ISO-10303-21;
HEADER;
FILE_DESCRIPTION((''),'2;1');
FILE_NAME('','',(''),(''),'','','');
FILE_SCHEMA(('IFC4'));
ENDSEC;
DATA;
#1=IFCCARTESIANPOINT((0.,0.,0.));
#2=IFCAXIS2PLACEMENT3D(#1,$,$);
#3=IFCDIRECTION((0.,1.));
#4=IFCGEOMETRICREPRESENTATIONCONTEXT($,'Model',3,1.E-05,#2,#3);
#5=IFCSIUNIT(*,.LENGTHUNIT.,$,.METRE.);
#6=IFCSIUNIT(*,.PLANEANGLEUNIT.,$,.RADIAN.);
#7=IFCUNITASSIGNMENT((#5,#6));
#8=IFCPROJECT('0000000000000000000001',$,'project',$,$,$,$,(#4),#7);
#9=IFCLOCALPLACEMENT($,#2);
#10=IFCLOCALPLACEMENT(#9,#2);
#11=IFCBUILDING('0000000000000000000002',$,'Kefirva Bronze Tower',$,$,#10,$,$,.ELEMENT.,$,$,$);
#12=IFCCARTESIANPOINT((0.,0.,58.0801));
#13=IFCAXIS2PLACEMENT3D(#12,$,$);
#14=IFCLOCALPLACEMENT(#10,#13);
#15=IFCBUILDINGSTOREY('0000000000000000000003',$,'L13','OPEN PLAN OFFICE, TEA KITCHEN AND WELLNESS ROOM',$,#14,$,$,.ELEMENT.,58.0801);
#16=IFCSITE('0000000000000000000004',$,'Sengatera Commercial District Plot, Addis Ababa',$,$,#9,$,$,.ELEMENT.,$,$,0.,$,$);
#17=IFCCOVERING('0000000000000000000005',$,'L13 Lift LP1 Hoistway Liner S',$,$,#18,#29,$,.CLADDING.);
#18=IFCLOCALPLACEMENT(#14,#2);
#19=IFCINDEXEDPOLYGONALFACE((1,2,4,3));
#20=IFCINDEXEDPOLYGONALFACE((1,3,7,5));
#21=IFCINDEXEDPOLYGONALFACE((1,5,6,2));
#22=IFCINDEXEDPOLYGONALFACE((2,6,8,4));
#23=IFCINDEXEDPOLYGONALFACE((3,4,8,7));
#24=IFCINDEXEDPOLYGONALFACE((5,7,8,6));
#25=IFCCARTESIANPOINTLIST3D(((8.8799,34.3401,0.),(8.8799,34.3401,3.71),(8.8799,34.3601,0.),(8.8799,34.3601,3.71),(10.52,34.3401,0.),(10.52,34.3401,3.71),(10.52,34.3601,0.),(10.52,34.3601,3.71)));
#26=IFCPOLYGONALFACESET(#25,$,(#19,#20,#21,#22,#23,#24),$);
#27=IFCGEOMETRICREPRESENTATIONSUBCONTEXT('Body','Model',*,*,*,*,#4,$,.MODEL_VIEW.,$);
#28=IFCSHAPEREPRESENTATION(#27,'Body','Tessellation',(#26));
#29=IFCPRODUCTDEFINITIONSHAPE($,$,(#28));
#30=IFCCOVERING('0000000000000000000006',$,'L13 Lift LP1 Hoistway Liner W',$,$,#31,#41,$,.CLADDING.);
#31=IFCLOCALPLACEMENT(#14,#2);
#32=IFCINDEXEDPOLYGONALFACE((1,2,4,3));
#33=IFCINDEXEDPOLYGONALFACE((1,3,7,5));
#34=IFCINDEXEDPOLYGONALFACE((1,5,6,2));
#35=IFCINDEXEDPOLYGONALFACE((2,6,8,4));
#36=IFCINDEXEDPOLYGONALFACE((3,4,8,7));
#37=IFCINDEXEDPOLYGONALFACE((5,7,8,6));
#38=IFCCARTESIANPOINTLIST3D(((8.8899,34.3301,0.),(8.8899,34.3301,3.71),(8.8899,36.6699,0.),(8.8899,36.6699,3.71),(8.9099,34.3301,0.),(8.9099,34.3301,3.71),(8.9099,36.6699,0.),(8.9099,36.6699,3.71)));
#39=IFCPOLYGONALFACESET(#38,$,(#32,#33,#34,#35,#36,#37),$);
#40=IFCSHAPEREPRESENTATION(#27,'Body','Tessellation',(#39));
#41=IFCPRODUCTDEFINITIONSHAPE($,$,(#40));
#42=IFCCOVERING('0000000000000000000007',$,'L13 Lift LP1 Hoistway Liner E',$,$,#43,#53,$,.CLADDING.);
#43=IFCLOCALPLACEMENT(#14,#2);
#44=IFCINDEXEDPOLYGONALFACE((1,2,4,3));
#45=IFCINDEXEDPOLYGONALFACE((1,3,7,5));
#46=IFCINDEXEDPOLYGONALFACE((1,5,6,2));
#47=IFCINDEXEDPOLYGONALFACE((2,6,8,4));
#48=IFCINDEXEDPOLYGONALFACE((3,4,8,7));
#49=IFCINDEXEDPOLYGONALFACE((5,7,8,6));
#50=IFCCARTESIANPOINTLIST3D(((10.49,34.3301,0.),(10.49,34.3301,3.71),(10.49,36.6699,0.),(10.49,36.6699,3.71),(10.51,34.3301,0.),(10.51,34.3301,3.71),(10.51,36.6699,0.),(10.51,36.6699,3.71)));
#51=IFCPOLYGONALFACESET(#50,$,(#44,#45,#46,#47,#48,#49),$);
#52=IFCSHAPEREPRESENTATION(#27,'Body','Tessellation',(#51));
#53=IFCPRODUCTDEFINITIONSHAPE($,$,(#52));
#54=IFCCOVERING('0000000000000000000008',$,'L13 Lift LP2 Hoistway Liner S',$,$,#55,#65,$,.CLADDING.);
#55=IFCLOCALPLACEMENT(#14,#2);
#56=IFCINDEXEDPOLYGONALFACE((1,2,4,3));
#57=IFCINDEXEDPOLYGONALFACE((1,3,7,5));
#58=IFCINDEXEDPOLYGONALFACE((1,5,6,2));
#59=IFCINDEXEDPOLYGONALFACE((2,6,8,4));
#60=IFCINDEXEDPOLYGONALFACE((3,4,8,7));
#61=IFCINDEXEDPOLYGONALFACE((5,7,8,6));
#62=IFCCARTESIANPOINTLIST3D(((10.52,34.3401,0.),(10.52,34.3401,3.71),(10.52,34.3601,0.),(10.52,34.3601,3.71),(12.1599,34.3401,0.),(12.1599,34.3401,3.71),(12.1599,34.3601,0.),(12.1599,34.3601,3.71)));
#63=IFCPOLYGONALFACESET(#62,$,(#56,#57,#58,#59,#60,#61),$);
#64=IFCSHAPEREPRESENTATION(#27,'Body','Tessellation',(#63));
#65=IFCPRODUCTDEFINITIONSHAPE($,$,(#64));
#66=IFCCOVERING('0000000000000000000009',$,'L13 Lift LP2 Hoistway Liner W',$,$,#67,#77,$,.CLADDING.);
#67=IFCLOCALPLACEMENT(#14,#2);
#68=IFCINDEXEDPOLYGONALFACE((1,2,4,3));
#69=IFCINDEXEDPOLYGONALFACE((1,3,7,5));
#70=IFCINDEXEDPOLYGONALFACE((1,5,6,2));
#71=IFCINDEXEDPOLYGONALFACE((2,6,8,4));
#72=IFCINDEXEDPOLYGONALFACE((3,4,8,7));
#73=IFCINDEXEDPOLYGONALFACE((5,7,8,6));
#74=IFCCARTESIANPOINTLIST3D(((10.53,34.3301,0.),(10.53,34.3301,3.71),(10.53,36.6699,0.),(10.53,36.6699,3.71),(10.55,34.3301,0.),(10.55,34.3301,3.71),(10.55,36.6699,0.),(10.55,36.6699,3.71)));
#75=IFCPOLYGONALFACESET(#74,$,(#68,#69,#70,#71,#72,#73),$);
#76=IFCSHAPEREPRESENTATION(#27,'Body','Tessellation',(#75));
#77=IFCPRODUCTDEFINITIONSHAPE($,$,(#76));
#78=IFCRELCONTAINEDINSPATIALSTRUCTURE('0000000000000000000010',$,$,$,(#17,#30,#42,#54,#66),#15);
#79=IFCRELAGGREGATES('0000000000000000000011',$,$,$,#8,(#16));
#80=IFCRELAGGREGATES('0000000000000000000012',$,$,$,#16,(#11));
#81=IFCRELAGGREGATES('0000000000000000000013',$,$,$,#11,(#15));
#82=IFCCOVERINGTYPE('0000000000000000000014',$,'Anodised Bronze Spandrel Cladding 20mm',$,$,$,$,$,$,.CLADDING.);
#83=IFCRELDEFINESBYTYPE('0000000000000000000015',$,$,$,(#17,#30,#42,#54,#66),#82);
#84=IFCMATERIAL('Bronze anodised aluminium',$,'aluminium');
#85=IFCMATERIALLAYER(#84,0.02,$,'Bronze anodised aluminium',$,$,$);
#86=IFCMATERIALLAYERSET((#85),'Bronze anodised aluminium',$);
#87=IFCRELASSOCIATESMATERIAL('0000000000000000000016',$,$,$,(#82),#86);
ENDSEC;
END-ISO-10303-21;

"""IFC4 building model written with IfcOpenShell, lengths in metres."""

from ifc_helpers import new_model, si_unit, direction, frame, origin, place, context, subcontext, project, spatial, polyline, outline, extrude, material, layer, layer_set, type_object, element, save


model = new_model("IFC4")

# Units and contexts
model_context = context("Model", 3, precision=1e-05, world=origin(), true_north=direction((0.0, 1.0)))
body_context = subcontext(model_context, "Body", "Model", "MODEL_VIEW")
ifc_project = project(units=[si_unit("LENGTHUNIT", "METRE"), si_unit("PLANEANGLEUNIT", "RADIAN")], contexts=[model_context])

# Site, building, storey
site_placement = place(None, origin())
site = spatial("IfcSite", under=ifc_project, at=site_placement, Name="Sengatera Commercial District Plot, Addis Ababa", CompositionType="ELEMENT", RefElevation=0.0)
building_placement = place(site_placement, origin())
building = spatial("IfcBuilding", under=site, at=building_placement, Name="Kefirva Bronze Tower", CompositionType="ELEMENT")
storey_placement = place(building_placement, frame((0.0, 0.0, 58.0801)))
storey = spatial("IfcBuildingStorey", under=building, at=storey_placement, Name="L13", Description="OPEN PLAN OFFICE, TEA KITCHEN AND WELLNESS ROOM", CompositionType="ELEMENT", Elevation=58.0801)

# Coverings
ifc_material_1 = material(Name="Bronze anodised aluminium", Category="aluminium")
ifc_layer_1 = layer(ifc_material_1, 0.02, Name="Bronze anodised aluminium")
ifc_layer_set_1 = layer_set([ifc_layer_1], Name="Bronze anodised aluminium")
covering_type = type_object("IfcCoveringType", Name="Anodised Bronze Spandrel Cladding 20mm", PredefinedType="CLADDING", material=ifc_layer_set_1)
covering_1_placement = place(storey_placement, origin())
element("IfcCovering", 1, at=covering_1_placement, inside=storey, type_object=covering_type, Name="L13 Lift LP1 Hoistway Liner S", PredefinedType="CLADDING", context=body_context, shape_type="SweptSolid", body=[
    extrude(outline(polyline([(8.8799, 34.3401), (10.52, 34.3401), (10.52, 34.3601), (8.8799, 34.3601), (8.8799, 34.3401)])), origin(), (0.0, 0.0, 1.0), 3.71),
])
covering_2_placement = place(storey_placement, origin())
element("IfcCovering", 2, at=covering_2_placement, inside=storey, type_object=covering_type, Name="L13 Lift LP1 Hoistway Liner W", PredefinedType="CLADDING", context=body_context, shape_type="SweptSolid", body=[
    extrude(outline(polyline([(8.8899, 34.3301), (8.9099, 34.3301), (8.9099, 36.6699), (8.8899, 36.6699), (8.8899, 34.3301)])), origin(), (0.0, 0.0, 1.0), 3.71),
])
covering_3_placement = place(storey_placement, origin())
element("IfcCovering", 3, at=covering_3_placement, inside=storey, type_object=covering_type, Name="L13 Lift LP1 Hoistway Liner E", PredefinedType="CLADDING", context=body_context, shape_type="SweptSolid", body=[
    extrude(outline(polyline([(10.49, 34.3301), (10.51, 34.3301), (10.51, 36.6699), (10.49, 36.6699), (10.49, 34.3301)])), origin(), (0.0, 0.0, 1.0), 3.71),
])
covering_4_placement = place(storey_placement, origin())
element("IfcCovering", 4, at=covering_4_placement, inside=storey, type_object=covering_type, Name="L13 Lift LP2 Hoistway Liner S", PredefinedType="CLADDING", context=body_context, shape_type="SweptSolid", body=[
    extrude(outline(polyline([(10.52, 34.3401), (12.1599, 34.3401), (12.1599, 34.3601), (10.52, 34.3601), (10.52, 34.3401)])), origin(), (0.0, 0.0, 1.0), 3.71),
])
covering_5_placement = place(storey_placement, origin())
element("IfcCovering", 5, at=covering_5_placement, inside=storey, type_object=covering_type, Name="L13 Lift LP2 Hoistway Liner W", PredefinedType="CLADDING", context=body_context, shape_type="SweptSolid", body=[
    extrude(outline(polyline([(10.53, 34.3301), (10.55, 34.3301), (10.55, 36.6699), (10.53, 36.6699), (10.53, 34.3301)])), origin(), (0.0, 0.0, 1.0), 3.71),
])

save(model, "model.ifc")
